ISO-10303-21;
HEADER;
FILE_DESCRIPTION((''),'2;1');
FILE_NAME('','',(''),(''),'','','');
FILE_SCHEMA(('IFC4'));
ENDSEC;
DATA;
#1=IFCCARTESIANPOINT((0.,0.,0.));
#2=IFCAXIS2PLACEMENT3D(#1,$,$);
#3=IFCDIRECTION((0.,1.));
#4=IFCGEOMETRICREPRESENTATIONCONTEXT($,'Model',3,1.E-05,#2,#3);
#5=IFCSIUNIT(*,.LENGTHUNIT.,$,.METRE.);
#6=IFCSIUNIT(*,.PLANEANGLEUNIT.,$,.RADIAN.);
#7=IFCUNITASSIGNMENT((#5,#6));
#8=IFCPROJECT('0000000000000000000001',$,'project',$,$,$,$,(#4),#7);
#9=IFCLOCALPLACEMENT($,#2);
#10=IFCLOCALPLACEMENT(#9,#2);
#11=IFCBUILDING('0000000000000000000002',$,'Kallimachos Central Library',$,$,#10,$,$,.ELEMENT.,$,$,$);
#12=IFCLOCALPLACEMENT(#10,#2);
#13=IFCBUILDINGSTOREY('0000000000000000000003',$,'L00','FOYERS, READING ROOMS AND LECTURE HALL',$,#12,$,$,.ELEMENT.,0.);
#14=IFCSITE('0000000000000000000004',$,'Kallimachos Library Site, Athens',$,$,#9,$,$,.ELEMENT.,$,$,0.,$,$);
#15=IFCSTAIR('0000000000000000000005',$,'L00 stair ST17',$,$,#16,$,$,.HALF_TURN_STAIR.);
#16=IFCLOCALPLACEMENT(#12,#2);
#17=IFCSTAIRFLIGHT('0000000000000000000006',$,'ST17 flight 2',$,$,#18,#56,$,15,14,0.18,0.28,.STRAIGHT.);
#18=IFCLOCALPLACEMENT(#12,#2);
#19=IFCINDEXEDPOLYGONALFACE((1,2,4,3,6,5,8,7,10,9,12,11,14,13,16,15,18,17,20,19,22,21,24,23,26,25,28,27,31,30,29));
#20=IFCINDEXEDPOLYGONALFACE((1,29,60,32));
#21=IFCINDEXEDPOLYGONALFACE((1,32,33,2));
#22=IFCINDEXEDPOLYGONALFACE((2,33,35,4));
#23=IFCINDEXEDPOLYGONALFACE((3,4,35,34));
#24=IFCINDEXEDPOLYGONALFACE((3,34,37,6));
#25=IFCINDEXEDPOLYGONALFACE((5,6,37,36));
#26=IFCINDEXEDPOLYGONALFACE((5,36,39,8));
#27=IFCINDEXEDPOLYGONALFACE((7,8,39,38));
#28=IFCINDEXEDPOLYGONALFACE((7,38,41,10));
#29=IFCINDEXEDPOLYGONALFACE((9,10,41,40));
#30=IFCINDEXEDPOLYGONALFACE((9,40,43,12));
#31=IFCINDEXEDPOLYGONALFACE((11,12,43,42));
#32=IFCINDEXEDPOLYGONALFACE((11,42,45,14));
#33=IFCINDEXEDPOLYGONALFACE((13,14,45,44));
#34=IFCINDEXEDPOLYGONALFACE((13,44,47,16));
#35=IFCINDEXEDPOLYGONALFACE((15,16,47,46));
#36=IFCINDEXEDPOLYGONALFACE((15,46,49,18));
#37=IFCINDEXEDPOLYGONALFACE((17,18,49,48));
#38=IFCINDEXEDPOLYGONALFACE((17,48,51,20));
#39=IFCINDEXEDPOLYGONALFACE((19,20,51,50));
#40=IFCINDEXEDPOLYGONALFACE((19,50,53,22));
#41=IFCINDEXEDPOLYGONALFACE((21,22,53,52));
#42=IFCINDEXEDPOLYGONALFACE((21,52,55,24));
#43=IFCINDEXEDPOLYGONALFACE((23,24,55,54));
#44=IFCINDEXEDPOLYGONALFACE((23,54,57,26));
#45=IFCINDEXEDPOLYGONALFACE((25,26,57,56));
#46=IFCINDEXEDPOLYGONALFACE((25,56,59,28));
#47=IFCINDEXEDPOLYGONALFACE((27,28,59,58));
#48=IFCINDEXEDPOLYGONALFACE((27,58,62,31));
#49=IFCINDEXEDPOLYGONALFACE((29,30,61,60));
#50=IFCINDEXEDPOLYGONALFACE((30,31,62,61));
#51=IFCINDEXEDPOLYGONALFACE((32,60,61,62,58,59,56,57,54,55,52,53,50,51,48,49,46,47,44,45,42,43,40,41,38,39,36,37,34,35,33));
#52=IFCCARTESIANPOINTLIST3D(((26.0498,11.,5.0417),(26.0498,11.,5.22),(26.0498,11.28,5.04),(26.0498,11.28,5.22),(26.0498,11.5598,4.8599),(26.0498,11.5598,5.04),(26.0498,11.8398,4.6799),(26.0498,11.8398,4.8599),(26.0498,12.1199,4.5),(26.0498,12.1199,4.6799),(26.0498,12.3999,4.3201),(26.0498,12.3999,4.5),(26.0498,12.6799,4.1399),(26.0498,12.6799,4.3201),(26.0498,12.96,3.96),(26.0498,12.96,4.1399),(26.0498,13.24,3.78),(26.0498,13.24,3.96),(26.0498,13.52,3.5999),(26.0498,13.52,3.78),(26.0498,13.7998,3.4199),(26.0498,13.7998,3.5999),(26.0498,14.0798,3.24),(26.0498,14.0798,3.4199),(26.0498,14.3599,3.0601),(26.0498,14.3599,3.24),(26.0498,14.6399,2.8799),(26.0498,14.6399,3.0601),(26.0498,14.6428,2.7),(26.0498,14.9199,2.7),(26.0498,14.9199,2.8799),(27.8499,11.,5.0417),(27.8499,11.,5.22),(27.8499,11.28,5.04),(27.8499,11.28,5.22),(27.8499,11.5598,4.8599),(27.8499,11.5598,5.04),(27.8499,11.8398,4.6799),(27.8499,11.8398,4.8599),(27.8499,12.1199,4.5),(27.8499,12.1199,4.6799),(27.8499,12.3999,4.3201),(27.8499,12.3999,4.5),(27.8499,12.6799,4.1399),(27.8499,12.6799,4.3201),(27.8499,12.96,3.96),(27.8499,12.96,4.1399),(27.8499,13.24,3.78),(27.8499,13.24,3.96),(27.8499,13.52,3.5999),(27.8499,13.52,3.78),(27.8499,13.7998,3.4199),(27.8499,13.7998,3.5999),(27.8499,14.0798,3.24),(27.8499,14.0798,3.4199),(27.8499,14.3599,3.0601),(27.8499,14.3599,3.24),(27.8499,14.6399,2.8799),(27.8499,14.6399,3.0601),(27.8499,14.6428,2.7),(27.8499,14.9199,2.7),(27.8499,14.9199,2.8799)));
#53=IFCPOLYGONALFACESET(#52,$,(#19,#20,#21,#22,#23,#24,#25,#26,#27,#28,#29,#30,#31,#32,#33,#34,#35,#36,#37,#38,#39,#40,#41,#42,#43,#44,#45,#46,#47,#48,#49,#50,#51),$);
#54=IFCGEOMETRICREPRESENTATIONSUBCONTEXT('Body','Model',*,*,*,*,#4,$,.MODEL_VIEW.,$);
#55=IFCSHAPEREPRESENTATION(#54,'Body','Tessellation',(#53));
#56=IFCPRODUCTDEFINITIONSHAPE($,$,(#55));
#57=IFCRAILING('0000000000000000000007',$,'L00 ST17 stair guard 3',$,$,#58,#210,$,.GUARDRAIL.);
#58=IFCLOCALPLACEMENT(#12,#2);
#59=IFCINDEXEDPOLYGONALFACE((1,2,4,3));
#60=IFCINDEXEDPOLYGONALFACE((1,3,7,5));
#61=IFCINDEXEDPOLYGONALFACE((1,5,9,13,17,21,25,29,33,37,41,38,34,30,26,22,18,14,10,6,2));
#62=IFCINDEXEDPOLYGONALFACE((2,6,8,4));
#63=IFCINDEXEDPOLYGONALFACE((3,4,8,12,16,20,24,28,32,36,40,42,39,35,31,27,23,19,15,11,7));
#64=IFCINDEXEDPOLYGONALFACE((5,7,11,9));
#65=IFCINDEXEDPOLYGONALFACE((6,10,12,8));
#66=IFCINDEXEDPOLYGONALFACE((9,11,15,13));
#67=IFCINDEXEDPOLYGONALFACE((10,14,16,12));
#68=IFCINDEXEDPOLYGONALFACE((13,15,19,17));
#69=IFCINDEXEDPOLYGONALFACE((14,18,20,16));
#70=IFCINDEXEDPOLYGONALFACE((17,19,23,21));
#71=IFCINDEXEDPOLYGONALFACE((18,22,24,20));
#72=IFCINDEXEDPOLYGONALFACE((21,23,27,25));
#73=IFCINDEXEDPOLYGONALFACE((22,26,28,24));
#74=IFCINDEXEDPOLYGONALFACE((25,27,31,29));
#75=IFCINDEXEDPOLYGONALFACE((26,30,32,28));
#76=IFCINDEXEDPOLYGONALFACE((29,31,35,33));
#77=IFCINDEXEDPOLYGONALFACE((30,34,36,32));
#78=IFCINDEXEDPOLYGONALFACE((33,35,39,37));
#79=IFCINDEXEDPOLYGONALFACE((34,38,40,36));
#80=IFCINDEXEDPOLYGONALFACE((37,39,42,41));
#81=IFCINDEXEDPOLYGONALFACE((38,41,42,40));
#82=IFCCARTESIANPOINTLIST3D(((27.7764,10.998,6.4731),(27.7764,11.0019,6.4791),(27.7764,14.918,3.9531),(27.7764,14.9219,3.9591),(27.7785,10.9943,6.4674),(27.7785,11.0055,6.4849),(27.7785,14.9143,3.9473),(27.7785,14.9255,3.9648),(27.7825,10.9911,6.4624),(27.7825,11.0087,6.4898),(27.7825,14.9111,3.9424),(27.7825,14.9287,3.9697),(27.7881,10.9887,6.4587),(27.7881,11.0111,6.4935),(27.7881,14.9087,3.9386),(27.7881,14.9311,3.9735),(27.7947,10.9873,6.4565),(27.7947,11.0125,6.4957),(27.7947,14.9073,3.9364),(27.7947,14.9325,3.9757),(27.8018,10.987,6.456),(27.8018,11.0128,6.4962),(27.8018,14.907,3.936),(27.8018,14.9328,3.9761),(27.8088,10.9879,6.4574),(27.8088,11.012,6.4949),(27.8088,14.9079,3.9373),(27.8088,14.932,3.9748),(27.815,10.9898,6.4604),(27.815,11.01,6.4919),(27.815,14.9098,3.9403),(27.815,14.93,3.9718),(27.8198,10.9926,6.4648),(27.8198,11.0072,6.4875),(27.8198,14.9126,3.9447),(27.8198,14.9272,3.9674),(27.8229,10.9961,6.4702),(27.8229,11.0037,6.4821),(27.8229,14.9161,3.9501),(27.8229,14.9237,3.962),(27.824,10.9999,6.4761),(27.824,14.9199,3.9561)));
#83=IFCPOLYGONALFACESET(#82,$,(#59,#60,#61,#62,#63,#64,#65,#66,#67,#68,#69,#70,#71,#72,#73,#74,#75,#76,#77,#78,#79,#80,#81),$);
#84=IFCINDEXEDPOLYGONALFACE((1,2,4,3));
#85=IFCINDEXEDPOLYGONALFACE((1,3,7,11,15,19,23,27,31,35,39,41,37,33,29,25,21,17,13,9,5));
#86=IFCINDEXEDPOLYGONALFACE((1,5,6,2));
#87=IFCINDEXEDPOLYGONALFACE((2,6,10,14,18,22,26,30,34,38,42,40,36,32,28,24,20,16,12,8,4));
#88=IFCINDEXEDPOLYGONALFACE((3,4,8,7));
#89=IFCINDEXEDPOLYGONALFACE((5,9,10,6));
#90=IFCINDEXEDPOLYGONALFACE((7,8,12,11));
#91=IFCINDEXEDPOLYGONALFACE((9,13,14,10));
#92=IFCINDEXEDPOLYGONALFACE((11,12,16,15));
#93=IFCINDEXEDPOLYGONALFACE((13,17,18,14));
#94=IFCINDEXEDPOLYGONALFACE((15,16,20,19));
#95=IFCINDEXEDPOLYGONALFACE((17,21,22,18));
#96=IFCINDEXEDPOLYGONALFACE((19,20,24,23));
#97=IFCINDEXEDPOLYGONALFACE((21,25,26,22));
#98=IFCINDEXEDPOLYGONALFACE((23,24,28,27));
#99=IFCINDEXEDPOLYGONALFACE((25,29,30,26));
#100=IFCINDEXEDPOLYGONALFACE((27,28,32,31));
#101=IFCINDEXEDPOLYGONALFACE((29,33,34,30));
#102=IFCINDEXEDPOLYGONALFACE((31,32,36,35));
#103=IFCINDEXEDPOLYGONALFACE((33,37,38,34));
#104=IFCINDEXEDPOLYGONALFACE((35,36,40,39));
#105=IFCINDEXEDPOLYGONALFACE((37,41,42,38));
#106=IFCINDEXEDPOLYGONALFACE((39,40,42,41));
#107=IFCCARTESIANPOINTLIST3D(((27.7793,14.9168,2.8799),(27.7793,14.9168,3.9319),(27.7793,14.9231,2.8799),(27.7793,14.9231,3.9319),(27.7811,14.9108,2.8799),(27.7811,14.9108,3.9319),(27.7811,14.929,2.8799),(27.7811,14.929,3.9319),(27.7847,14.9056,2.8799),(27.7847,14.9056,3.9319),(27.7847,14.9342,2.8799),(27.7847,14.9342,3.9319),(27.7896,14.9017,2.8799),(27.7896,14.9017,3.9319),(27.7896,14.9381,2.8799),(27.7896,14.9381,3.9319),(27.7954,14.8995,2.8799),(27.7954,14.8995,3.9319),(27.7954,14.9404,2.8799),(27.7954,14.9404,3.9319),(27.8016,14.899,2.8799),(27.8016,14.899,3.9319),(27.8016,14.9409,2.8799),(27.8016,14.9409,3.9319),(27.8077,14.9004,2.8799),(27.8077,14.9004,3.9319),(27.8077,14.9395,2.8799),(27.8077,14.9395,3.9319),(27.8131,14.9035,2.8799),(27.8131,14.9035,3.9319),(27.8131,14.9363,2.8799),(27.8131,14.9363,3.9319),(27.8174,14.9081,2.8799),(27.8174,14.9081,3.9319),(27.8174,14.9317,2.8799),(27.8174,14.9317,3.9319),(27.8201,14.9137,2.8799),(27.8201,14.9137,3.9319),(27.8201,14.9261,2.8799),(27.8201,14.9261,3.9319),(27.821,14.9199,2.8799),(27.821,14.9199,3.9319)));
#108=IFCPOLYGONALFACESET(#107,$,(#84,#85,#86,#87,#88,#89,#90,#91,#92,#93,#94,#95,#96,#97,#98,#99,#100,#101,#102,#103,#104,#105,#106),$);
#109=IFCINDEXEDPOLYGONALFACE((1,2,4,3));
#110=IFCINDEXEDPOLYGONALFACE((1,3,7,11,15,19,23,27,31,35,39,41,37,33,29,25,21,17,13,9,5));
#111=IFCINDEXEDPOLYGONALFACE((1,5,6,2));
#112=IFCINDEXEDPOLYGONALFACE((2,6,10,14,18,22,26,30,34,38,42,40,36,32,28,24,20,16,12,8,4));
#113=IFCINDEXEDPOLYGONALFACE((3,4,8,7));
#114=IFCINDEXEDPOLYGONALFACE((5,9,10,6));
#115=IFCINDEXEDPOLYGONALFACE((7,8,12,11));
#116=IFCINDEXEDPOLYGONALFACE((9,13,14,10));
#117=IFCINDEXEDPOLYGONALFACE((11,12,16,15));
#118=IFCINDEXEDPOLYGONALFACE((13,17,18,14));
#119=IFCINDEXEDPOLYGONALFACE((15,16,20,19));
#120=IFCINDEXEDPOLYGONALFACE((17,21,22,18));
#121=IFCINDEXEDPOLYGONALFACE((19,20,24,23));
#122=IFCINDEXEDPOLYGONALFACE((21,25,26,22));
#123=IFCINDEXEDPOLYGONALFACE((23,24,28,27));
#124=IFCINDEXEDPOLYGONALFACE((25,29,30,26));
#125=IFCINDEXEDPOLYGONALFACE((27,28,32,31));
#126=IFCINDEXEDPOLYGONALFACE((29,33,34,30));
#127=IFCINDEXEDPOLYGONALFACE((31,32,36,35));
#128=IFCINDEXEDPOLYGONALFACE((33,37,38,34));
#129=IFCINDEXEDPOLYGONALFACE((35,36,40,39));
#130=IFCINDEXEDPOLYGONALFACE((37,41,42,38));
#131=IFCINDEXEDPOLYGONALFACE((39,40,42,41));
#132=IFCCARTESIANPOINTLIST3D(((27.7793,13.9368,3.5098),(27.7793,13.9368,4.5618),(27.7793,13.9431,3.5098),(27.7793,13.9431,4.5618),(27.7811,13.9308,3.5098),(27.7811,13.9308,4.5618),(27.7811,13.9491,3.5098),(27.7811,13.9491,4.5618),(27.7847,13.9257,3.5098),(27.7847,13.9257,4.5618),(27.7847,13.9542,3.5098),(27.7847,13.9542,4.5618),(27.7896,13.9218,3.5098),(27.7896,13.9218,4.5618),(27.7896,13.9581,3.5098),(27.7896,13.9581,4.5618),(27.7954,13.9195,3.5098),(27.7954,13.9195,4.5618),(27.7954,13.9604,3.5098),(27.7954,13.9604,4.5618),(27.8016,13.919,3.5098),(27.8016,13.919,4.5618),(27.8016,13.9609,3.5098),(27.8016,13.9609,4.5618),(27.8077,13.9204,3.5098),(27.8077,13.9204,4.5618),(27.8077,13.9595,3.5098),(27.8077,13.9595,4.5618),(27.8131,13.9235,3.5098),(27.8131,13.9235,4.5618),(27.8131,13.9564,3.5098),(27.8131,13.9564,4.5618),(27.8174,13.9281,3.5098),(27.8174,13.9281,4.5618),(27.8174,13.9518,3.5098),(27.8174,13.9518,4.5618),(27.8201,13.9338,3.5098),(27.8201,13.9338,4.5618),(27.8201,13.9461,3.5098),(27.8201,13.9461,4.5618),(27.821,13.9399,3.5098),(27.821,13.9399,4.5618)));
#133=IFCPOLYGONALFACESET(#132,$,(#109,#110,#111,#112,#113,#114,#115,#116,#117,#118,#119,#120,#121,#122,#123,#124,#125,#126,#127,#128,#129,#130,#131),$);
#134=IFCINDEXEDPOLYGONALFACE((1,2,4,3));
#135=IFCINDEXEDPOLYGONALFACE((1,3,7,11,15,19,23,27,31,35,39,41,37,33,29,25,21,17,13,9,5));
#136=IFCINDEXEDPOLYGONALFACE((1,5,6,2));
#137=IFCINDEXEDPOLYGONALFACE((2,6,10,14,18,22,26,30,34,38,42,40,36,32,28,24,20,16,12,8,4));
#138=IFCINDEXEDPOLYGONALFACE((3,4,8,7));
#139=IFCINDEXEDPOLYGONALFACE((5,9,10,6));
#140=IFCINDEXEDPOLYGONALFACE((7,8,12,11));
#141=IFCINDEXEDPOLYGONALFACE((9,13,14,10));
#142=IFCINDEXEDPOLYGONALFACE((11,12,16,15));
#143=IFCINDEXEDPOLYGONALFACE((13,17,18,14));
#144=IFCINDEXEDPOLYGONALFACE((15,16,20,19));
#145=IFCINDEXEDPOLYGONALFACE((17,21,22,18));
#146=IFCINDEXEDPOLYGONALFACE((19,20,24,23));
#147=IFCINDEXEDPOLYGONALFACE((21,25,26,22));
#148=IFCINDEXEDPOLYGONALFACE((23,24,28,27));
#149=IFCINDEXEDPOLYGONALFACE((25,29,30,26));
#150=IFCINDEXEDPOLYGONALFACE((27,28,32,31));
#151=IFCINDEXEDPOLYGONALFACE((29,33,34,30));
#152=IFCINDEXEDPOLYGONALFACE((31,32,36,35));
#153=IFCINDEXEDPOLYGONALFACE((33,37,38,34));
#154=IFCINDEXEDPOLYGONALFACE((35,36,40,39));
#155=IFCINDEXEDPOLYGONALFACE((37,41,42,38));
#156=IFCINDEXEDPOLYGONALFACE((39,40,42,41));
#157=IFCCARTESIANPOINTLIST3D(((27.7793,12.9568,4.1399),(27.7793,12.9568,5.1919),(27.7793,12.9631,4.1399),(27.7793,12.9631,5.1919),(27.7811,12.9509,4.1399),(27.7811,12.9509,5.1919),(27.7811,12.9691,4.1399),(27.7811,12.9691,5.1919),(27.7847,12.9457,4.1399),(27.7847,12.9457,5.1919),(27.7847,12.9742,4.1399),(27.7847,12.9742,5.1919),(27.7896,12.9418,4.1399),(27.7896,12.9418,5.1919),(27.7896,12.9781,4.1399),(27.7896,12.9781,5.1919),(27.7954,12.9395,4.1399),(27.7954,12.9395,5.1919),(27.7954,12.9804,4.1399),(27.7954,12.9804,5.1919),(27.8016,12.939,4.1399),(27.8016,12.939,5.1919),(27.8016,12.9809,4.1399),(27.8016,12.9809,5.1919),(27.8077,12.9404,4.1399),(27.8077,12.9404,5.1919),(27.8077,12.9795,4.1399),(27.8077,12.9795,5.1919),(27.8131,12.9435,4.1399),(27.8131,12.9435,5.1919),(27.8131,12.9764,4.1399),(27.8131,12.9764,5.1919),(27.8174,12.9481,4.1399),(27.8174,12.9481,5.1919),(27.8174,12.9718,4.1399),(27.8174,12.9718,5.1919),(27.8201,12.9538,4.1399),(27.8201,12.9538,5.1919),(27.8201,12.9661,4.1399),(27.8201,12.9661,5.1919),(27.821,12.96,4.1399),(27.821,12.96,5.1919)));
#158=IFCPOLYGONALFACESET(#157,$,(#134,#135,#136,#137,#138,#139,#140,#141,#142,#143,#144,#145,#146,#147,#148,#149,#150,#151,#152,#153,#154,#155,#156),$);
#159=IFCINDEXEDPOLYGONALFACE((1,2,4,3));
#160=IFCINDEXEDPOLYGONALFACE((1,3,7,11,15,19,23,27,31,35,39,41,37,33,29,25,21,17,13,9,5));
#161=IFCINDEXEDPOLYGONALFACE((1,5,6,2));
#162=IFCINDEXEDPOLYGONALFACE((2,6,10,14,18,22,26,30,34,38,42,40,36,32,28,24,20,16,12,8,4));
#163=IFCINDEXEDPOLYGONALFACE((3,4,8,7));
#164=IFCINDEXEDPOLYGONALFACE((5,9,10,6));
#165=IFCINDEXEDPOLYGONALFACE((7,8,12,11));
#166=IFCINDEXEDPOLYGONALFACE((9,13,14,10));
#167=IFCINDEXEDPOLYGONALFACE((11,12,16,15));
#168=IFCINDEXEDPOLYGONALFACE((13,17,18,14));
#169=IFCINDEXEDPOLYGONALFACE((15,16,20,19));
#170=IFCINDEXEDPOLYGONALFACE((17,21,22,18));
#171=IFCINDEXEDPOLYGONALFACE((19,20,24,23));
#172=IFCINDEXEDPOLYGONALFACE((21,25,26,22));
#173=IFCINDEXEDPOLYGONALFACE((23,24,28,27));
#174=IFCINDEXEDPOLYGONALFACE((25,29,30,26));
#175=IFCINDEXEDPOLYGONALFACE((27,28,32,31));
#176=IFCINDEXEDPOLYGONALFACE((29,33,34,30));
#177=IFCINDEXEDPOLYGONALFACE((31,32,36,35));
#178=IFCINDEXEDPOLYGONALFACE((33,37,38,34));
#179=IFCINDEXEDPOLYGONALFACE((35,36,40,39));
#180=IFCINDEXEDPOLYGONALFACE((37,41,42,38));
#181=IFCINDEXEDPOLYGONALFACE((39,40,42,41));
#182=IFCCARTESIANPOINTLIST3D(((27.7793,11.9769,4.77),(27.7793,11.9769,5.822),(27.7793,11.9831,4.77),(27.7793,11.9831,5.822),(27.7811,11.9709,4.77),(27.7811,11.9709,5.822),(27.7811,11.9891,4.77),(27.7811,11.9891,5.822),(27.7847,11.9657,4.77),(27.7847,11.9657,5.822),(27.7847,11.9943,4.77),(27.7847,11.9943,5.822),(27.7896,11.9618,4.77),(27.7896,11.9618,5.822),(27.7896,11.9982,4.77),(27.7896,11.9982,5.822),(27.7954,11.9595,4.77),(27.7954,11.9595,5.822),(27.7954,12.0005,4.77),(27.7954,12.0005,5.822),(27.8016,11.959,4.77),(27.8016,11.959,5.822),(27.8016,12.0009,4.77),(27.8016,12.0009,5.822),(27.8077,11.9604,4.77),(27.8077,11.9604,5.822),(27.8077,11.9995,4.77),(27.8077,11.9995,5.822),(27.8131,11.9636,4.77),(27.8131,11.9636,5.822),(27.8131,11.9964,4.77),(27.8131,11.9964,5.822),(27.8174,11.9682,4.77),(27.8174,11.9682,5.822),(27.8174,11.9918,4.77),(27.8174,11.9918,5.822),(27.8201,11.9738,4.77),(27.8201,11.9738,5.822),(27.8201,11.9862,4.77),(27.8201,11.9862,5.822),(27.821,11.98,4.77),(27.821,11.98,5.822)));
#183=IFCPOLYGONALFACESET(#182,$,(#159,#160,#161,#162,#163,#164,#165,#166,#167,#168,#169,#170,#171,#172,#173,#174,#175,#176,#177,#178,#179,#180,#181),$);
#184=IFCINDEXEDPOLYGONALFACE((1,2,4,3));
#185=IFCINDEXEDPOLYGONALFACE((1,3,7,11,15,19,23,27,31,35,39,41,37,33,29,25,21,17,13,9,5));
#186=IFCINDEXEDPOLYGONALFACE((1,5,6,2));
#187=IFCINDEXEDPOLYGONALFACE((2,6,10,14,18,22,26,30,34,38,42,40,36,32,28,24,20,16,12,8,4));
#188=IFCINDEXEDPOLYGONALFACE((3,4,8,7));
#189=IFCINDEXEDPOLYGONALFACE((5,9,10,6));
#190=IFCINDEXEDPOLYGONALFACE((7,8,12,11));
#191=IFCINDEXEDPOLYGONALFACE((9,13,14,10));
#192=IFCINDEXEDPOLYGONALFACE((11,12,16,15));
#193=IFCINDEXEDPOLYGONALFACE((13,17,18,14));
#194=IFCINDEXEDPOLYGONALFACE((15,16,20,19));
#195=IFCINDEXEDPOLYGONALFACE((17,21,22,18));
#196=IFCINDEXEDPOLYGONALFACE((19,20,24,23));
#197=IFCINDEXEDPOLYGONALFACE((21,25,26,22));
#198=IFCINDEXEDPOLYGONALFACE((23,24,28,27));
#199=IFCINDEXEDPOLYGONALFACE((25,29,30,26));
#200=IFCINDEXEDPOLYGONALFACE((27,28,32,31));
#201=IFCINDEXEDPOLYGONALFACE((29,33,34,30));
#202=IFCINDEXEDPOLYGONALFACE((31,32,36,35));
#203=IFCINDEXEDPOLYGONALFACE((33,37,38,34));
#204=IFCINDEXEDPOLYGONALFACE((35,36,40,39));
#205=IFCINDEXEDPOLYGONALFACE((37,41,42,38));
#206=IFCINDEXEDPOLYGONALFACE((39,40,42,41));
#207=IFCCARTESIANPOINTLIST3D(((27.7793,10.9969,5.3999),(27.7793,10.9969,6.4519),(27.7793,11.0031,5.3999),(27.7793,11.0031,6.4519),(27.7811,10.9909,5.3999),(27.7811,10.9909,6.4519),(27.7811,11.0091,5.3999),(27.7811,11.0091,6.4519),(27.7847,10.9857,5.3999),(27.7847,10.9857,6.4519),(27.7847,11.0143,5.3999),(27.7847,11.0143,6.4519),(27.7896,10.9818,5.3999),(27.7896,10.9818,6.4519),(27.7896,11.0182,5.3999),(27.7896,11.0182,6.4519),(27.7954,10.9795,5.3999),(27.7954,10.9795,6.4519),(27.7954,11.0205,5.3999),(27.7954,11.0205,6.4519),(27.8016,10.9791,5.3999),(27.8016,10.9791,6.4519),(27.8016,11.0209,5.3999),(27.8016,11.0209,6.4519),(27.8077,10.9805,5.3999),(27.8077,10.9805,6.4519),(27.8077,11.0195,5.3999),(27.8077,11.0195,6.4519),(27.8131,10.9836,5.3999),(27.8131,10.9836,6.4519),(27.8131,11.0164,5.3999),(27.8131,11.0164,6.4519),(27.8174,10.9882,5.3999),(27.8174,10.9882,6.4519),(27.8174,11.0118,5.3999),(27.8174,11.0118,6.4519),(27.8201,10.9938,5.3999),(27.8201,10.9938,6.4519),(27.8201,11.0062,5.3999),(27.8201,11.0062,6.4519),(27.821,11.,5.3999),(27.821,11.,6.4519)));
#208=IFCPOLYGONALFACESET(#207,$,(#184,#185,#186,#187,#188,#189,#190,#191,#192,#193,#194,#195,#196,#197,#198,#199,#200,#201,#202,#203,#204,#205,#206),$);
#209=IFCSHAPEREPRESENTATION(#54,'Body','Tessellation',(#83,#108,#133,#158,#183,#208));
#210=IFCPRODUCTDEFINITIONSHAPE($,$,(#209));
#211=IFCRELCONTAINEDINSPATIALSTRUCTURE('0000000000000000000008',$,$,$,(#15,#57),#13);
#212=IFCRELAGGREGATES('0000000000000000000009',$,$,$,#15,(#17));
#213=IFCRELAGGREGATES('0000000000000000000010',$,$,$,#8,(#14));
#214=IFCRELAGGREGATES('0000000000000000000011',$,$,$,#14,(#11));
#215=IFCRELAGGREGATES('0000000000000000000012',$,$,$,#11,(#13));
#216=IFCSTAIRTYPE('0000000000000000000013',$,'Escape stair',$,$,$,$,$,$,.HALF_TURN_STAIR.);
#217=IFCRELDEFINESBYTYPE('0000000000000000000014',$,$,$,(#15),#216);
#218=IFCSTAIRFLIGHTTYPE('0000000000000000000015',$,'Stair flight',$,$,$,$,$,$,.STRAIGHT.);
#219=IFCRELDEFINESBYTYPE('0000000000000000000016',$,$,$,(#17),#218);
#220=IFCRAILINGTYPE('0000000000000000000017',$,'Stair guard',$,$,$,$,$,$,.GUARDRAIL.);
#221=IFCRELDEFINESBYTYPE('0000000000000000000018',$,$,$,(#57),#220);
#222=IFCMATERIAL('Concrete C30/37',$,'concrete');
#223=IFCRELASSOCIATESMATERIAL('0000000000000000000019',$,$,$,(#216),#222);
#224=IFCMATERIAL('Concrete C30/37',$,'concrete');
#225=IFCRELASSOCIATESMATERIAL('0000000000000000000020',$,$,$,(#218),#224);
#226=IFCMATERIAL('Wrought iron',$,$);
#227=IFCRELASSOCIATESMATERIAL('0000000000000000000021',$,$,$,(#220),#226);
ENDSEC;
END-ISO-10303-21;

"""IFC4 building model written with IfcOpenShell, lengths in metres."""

from ifc_helpers import new_model, si_unit, direction, frame, origin, origin_2d, place, context, subcontext, project, spatial, polyline, circle, outline, extrude, material, type_object, element, aggregate, save


model = new_model("IFC4")

# Units and contexts
model_context = context("Model", 3, precision=1e-05, world=origin(), true_north=direction((0.0, 1.0)))
body_context = subcontext(model_context, "Body", "Model", "MODEL_VIEW")
ifc_project = project(units=[si_unit("LENGTHUNIT", "METRE"), si_unit("PLANEANGLEUNIT", "RADIAN")], contexts=[model_context])

# Site, building, storey
site_placement = place(None, origin())
site = spatial("IfcSite", under=ifc_project, at=site_placement, Name="Kallimachos Library Site, Athens", CompositionType="ELEMENT", RefElevation=0.0)
building_placement = place(site_placement, origin())
building = spatial("IfcBuilding", under=site, at=building_placement, Name="Kallimachos Central Library", CompositionType="ELEMENT")
storey_placement = place(building_placement, origin())
storey = spatial("IfcBuildingStorey", under=building, at=storey_placement, Name="L00", Description="FOYERS, READING ROOMS AND LECTURE HALL", CompositionType="ELEMENT", Elevation=0.0)

# Stair, stair flight
ifc_material_1 = material(Name="Concrete C30/37", Category="concrete")
stair_type = type_object("IfcStairType", Name="Escape stair", PredefinedType="HALF_TURN_STAIR", material=ifc_material_1)
stair_placement = place(storey_placement, origin())
stair = element("IfcStair", 1, at=stair_placement, inside=storey, type_object=stair_type, Name="L00 stair ST17", PredefinedType="HALF_TURN_STAIR")
ifc_material_2 = material(Name="Concrete C30/37", Category="concrete")
stair_flight_type = type_object("IfcStairFlightType", Name="Stair flight", PredefinedType="STRAIGHT", material=ifc_material_2)
stair_flight_placement = place(storey_placement, frame((26.95, 14.9199, 2.7), z_axis=(0.0, 0.0, 1.0), x_axis=(0.0, -1.0, 0.0)))
stair_flight = element("IfcStairFlight", 2, at=stair_flight_placement, type_object=stair_flight_type, Name="ST17 flight 2", NumberOfRisers=15, NumberOfTreads=14, PredefinedType="STRAIGHT", RiserHeight=0.18, TreadLength=0.28, context=body_context, shape_type="SweptSolid", body=[
    extrude(outline(polyline([(0.0, 0.0), (0.0, 0.1799), (0.28, 0.1799), (0.28, 0.3601), (0.5601, 0.3601), (0.5601, 0.54), (0.8401, 0.54), (0.8401, 0.72), (1.1201, 0.72), (1.1201, 0.8999), (1.3999, 0.8999), (1.3999, 1.0801), (1.6799, 1.0801), (1.6799, 1.26), (1.96, 1.26), (1.96, 1.4399), (2.24, 1.4399), (2.24, 1.6201), (2.52, 1.6201), (2.52, 1.8), (2.8, 1.8), (2.8, 1.98), (3.0801, 1.98), (3.0801, 2.1599), (3.3601, 2.1599), (3.3601, 2.3401), (3.6399, 2.3401), (3.6399, 2.52), (3.9199, 2.52), (3.9199, 2.7), (3.9199, 2.3418), (0.2771, 0.0), (0.0, 0.0)])), frame((0.0, 0.8999, 0.0), z_axis=(0.0, -1.0, 0.0), x_axis=(1.0, 0.0, 0.0)), (0.0, 0.0, 1.0), 1.8),
])
aggregate(stair, [stair_flight])

# Railing
ifc_material_3 = material(Name="Wrought iron")
railing_type_1 = type_object("IfcRailingType", Name="Stair guard", PredefinedType="GUARDRAIL", material=ifc_material_3)
railing_1_placement = place(storey_placement, frame((27.8, 14.9199, 2.8799)))
element("IfcRailing", 3, at=railing_1_placement, inside=storey, type_object=railing_type_1, Name="L00 ST17 stair guard 3", PredefinedType="GUARDRAIL", context=body_context, shape_type="SweptSolid", body=[
    extrude(circle(Radius=0.0239, at=origin_2d()), frame((0.0, 0.0, 1.0762), z_axis=(0.0, -0.841172, 0.540768), x_axis=(1.0, 0.0, 0.0)), (0.0, 0.0, 1.0), 4.6602),
    extrude(circle(Radius=0.021, at=origin_2d()), origin(), (0.0, 0.0, 1.0), 1.052),
    extrude(circle(Radius=0.021, at=origin_2d()), frame((0.0, -0.98, 0.6299)), (0.0, 0.0, 1.0), 1.052),
    extrude(circle(Radius=0.021, at=origin_2d()), frame((0.0, -1.96, 1.26)), (0.0, 0.0, 1.0), 1.052),
    extrude(circle(Radius=0.021, at=origin_2d()), frame((0.0, -2.9399, 1.8901)), (0.0, 0.0, 1.0), 1.052),
    extrude(circle(Radius=0.021, at=origin_2d()), frame((0.0, -3.9199, 2.52)), (0.0, 0.0, 1.0), 1.052),
])

save(model, "model.ifc")
